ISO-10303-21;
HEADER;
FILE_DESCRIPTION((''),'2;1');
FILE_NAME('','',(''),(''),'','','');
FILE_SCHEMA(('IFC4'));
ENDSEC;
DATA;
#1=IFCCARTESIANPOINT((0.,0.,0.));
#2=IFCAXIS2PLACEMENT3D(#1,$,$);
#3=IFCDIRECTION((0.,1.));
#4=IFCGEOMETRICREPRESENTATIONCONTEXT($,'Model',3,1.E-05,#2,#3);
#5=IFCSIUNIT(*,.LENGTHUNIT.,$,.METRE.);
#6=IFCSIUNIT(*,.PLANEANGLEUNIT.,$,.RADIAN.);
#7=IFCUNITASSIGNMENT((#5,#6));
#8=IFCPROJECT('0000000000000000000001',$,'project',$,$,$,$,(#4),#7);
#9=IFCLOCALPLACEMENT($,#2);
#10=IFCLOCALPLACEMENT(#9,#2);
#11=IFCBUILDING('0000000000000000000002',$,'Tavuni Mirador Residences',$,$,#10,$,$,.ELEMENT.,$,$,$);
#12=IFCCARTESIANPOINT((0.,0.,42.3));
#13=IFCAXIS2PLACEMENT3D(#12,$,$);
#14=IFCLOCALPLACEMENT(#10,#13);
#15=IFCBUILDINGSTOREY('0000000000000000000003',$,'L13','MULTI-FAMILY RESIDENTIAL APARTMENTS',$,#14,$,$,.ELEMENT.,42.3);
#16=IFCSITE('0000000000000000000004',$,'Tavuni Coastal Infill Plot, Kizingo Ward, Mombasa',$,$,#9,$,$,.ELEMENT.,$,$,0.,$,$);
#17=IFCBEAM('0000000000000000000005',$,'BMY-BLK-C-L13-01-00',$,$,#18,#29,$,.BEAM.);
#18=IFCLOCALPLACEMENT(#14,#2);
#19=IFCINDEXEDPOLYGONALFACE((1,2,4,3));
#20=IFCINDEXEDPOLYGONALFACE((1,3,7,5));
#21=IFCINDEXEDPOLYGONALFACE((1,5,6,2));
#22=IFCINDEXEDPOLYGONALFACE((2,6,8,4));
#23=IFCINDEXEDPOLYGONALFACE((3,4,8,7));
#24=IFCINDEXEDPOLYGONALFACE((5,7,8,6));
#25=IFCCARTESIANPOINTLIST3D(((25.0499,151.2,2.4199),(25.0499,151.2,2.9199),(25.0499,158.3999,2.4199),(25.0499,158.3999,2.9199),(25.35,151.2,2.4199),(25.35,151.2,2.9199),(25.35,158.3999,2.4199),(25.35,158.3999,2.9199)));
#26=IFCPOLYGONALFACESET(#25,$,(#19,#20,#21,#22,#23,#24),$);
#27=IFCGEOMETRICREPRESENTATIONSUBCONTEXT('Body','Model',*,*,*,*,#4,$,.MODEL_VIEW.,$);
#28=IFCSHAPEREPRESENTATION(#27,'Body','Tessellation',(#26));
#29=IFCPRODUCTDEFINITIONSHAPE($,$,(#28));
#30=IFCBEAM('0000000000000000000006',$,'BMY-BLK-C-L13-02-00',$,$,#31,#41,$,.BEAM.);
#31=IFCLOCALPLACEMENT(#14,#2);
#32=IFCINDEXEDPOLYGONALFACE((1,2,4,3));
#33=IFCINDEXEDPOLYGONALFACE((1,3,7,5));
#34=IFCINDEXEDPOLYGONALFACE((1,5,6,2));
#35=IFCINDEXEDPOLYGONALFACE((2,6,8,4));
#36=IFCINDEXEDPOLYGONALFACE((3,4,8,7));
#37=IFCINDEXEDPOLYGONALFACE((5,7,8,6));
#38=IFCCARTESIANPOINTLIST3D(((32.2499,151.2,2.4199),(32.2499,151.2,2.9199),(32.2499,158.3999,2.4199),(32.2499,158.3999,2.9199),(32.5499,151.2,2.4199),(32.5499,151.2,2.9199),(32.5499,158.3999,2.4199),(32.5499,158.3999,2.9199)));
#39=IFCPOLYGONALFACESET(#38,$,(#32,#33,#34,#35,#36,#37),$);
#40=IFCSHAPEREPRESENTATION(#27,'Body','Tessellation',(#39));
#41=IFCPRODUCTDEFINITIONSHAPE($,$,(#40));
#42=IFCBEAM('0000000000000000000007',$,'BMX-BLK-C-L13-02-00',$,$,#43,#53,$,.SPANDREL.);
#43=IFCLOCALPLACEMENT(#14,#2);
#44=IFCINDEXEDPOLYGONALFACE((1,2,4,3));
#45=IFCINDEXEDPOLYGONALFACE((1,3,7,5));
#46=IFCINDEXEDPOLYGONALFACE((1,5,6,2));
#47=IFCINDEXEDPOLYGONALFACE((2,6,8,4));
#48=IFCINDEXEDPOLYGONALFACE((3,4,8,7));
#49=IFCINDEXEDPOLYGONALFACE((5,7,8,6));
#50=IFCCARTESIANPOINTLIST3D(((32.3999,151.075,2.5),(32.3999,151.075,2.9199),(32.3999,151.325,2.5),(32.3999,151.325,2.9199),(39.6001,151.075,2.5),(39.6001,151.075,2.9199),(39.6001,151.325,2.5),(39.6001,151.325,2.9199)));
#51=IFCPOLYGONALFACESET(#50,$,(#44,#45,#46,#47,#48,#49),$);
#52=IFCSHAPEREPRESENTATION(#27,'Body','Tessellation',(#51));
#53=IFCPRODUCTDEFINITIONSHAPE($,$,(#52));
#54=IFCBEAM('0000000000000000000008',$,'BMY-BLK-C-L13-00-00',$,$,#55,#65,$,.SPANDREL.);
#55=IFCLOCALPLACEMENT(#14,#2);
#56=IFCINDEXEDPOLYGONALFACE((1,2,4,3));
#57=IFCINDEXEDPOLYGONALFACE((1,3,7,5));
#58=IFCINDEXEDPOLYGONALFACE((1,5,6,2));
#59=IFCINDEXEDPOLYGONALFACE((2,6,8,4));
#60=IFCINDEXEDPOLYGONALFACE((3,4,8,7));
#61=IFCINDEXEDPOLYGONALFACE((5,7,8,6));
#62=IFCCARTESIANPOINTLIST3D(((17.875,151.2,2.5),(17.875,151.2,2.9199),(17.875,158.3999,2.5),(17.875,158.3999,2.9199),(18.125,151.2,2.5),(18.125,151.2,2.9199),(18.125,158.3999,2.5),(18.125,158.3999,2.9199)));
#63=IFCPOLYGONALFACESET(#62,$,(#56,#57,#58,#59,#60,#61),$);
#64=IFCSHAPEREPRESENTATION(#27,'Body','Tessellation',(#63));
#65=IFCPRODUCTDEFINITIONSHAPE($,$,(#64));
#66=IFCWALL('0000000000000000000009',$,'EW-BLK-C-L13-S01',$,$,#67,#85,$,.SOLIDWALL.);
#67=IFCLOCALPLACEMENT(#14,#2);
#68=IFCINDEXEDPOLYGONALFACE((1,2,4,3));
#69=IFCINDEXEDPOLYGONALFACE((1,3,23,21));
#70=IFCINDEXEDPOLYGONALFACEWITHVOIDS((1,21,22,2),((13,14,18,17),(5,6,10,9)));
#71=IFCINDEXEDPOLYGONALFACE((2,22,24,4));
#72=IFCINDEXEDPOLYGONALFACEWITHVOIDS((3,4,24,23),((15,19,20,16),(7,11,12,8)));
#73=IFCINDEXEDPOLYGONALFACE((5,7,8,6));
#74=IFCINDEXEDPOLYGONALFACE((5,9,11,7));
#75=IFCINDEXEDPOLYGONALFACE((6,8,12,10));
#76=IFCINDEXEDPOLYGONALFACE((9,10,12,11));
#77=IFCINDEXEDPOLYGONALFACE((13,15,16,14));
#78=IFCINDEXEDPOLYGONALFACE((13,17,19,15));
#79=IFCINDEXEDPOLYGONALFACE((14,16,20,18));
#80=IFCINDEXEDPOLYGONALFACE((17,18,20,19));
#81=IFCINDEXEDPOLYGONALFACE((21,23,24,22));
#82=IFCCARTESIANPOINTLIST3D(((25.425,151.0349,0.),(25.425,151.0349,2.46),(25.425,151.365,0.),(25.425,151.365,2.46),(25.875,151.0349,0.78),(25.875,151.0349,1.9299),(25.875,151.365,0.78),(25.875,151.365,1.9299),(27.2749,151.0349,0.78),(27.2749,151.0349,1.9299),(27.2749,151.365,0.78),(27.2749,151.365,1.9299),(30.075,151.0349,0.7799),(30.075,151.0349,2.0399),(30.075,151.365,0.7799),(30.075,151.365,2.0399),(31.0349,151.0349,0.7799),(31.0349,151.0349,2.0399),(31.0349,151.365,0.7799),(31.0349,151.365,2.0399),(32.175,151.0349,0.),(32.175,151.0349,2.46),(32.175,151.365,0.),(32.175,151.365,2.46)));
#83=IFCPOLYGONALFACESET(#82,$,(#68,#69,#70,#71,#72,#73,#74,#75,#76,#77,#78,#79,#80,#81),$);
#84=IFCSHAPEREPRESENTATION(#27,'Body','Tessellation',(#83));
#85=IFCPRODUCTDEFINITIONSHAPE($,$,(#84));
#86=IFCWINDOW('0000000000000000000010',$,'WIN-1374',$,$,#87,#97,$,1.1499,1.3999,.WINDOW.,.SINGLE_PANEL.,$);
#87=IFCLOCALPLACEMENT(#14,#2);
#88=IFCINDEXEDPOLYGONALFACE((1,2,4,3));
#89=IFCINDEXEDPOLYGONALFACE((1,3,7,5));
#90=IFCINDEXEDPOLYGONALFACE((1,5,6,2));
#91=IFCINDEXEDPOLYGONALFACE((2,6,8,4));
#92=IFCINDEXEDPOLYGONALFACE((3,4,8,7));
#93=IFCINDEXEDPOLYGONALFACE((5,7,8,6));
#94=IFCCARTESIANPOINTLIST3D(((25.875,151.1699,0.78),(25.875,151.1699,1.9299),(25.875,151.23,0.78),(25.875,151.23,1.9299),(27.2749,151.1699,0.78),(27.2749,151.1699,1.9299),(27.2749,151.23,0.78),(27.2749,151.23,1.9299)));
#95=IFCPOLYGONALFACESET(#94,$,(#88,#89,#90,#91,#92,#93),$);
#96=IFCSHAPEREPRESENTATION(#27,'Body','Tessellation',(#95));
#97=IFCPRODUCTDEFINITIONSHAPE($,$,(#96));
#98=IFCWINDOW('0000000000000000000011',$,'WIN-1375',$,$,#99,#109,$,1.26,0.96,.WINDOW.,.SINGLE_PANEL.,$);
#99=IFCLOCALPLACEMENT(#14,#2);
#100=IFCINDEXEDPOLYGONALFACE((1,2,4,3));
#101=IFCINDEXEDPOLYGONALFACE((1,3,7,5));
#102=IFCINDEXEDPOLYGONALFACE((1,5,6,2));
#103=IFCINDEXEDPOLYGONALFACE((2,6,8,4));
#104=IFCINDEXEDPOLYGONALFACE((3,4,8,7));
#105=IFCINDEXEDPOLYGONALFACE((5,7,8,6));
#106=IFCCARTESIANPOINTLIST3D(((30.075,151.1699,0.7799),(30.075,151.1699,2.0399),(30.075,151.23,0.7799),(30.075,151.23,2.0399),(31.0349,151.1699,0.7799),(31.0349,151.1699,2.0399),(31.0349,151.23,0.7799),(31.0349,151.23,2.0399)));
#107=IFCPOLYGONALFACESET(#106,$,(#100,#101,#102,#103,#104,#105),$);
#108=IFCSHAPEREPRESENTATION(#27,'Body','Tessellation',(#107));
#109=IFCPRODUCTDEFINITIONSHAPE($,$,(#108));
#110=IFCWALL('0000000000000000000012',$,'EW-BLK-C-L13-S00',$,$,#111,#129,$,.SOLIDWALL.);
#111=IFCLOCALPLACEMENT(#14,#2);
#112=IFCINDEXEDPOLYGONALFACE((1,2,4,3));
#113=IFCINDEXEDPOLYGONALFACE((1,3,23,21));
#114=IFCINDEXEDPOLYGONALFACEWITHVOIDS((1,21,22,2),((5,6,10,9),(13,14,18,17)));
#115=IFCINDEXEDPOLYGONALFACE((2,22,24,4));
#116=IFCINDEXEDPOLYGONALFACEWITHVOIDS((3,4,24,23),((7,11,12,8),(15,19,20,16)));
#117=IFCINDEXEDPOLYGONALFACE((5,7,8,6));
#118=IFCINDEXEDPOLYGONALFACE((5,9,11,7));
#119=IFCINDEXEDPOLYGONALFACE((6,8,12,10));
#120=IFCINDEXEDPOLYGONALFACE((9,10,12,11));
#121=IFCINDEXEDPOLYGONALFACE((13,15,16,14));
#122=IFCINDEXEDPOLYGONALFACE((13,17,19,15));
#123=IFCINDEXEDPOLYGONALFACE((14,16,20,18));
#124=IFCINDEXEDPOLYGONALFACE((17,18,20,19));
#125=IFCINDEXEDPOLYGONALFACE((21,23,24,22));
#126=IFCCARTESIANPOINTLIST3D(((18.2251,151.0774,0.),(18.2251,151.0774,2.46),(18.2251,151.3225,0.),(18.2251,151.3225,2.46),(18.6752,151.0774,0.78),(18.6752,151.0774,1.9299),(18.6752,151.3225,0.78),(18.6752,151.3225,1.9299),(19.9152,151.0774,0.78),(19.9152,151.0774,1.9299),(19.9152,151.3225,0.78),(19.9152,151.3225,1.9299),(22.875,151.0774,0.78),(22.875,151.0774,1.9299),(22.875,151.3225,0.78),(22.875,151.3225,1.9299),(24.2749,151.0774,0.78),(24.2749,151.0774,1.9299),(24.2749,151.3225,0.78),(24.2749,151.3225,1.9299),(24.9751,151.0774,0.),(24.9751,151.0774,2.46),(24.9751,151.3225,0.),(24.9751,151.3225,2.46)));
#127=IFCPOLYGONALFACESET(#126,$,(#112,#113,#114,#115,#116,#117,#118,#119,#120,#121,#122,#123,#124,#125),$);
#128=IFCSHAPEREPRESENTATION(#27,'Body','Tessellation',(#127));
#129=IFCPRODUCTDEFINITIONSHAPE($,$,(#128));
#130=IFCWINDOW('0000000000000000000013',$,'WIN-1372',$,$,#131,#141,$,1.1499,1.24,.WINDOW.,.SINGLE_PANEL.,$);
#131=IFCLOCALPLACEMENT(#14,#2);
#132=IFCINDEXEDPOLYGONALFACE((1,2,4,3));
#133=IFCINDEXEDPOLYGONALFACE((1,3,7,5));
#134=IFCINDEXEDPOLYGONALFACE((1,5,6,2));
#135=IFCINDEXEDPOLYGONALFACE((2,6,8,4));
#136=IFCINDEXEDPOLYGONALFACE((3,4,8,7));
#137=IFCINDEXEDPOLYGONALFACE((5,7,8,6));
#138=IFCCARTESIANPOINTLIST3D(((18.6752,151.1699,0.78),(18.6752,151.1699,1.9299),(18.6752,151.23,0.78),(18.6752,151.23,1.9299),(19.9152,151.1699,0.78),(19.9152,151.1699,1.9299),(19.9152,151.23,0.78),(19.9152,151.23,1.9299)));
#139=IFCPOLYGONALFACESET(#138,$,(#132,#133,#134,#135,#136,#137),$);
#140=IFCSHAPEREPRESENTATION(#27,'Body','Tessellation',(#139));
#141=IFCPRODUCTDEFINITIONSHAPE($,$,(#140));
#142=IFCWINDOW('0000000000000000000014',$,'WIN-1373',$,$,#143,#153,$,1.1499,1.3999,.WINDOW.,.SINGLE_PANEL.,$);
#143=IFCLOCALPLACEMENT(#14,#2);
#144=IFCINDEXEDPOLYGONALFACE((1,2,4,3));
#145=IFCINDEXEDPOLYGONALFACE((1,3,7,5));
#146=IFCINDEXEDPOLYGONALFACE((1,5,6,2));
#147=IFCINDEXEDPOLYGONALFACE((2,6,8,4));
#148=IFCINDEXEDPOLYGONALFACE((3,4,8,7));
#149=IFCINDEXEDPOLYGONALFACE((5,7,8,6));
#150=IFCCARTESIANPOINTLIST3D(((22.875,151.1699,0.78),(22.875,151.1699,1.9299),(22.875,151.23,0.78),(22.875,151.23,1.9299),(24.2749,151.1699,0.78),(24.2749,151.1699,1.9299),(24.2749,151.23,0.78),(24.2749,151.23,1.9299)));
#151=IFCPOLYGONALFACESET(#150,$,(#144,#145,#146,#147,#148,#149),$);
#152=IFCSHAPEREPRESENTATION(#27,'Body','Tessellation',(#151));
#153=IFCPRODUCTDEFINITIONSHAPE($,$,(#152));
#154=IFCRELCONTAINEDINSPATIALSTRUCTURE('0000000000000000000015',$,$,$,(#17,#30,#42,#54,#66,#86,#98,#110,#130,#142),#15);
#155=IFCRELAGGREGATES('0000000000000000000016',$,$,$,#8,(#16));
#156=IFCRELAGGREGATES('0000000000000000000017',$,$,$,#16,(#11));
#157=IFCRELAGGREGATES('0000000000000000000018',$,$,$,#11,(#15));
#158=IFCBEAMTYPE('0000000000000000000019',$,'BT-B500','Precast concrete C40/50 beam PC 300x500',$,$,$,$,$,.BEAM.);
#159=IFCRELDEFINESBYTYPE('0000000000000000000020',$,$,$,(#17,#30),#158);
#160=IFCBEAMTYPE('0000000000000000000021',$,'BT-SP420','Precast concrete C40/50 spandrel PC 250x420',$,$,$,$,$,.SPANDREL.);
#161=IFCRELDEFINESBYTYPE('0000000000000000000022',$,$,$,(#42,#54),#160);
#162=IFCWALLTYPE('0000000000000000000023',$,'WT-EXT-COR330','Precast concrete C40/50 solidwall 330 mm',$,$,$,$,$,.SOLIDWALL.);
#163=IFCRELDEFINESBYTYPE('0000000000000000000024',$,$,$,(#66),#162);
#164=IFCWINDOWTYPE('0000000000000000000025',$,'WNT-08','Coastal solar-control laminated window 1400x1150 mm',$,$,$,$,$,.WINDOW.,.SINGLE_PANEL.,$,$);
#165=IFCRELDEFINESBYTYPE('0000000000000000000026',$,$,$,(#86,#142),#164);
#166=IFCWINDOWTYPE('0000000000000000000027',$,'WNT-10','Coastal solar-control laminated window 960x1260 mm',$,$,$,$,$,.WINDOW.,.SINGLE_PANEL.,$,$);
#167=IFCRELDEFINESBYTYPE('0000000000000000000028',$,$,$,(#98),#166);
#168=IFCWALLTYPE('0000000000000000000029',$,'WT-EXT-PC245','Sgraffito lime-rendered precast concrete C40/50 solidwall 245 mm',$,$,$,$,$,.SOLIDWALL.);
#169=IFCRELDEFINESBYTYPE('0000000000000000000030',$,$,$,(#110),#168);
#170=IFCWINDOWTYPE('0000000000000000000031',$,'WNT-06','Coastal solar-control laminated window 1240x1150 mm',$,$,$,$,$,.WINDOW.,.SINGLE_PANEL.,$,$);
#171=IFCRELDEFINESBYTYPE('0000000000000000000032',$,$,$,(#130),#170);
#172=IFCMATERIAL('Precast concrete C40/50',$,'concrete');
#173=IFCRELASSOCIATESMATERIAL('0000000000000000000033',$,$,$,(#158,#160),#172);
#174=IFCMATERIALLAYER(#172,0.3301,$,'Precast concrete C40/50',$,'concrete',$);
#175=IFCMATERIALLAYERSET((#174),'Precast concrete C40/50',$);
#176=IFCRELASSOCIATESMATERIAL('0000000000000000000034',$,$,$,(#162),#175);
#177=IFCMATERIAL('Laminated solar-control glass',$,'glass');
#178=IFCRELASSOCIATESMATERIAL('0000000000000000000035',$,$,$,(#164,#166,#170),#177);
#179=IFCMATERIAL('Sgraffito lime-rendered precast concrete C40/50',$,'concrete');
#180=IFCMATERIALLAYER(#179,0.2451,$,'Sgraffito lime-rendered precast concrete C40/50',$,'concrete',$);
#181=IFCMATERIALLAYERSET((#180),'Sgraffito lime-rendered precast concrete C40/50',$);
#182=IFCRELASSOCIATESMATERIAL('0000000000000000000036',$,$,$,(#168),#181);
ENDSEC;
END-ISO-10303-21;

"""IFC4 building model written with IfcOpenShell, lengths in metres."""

from ifc_helpers import new_model, si_unit, direction, frame, frame_2d, origin, origin_2d, place, context, subcontext, project, spatial, rectangle, extrude, material, layer, layer_set, material_profile, profile_set, type_object, element, fill, save


model = new_model("IFC4")

# Units and contexts
model_context = context("Model", 3, precision=1e-05, world=origin(), true_north=direction((0.0, 1.0)))
body_context = subcontext(model_context, "Body", "Model", "MODEL_VIEW")
ifc_project = project(units=[si_unit("LENGTHUNIT", "METRE"), si_unit("PLANEANGLEUNIT", "RADIAN")], contexts=[model_context])

# Site, building, storey
site_placement = place(None, origin())
site = spatial("IfcSite", under=ifc_project, at=site_placement, Name="Tavuni Coastal Infill Plot, Kizingo Ward, Mombasa", CompositionType="ELEMENT", RefElevation=0.0)
building_placement = place(site_placement, origin())
building = spatial("IfcBuilding", under=site, at=building_placement, Name="Tavuni Mirador Residences", CompositionType="ELEMENT")
storey_placement = place(building_placement, frame((0.0, 0.0, 42.3)))
storey = spatial("IfcBuildingStorey", under=building, at=storey_placement, Name="L13", Description="MULTI-FAMILY RESIDENTIAL APARTMENTS", CompositionType="ELEMENT", Elevation=42.3)

# Beams
ifc_material_1 = material(Name="Precast concrete C40/50", Category="concrete")
ifc_material_profile_1 = material_profile(ifc_material_1, rectangle(XDim=0.3, YDim=0.5, at=origin_2d()), Name="PC 300x500", Category="concrete")
ifc_profile_set_1 = profile_set([ifc_material_profile_1], Name="Precast concrete C40/50")
beam_type_1 = type_object("IfcBeamType", Name="BT-B500", Description="Precast concrete C40/50 beam PC 300x500", PredefinedType="BEAM", material=ifc_profile_set_1)
for number, where, z_axis, x_axis, name in (
    (1, (25.2, 151.2, 2.6699), (0.0, 1.0, 0.0), (-1.0, 0.0, 0.0), "BMY-BLK-C-L13-01-00"),
    (2, (32.3999, 151.2, 2.6699), (0.0, 1.0, 0.0), (-1.0, 0.0, 0.0), "BMY-BLK-C-L13-02-00"),
):
    element("IfcBeam", number, at=place(storey_placement, frame(where, z_axis=z_axis, x_axis=x_axis)), inside=storey, type_object=beam_type_1, Name=name, PredefinedType="BEAM", context=body_context, shape_type="SweptSolid", body=[
        extrude(rectangle(XDim=0.3, YDim=0.5, at=origin_2d()), origin(), (0.0, 0.0, 1.0), 7.2),
    ])
ifc_material_profile_2 = material_profile(ifc_material_1, rectangle(XDim=0.25, YDim=0.4199, at=origin_2d()), Name="PC 250x420", Category="concrete")
ifc_profile_set_2 = profile_set([ifc_material_profile_2], Name="Precast concrete C40/50")
beam_type_2 = type_object("IfcBeamType", Name="BT-SP420", Description="Precast concrete C40/50 spandrel PC 250x420", PredefinedType="SPANDREL", material=ifc_profile_set_2)
beam_1_placement = place(storey_placement, frame((32.3999, 151.2, 2.71), z_axis=(1.0, 0.0, 0.0), x_axis=(0.0, 1.0, 0.0)))
element("IfcBeam", 3, at=beam_1_placement, inside=storey, type_object=beam_type_2, Name="BMX-BLK-C-L13-02-00", PredefinedType="SPANDREL", context=body_context, shape_type="SweptSolid", body=[
    extrude(rectangle(XDim=0.25, YDim=0.4199, at=origin_2d()), origin(), (0.0, 0.0, 1.0), 7.2002),
])
beam_2_placement = place(storey_placement, frame((18.0, 151.2, 2.71), z_axis=(0.0, 1.0, 0.0), x_axis=(-1.0, 0.0, 0.0)))
element("IfcBeam", 4, at=beam_2_placement, inside=storey, type_object=beam_type_2, Name="BMY-BLK-C-L13-00-00", PredefinedType="SPANDREL", context=body_context, shape_type="SweptSolid", body=[
    extrude(rectangle(XDim=0.25, YDim=0.4199, at=origin_2d()), origin(), (0.0, 0.0, 1.0), 7.2),
])

# Walls, openings, windows
ifc_layer_1 = layer(ifc_material_1, 0.3301, Name="Precast concrete C40/50", Category="concrete")
ifc_layer_set_1 = layer_set([ifc_layer_1], Name="Precast concrete C40/50")
wall_type_1 = type_object("IfcWallType", Name="WT-EXT-COR330", Description="Precast concrete C40/50 solidwall 330 mm", PredefinedType="SOLIDWALL", material=ifc_layer_set_1)
wall_1_placement = place(storey_placement, frame((25.425, 151.2, 0.0), z_axis=(0.0, 0.0, 1.0), x_axis=(1.0, 0.0, 0.0)))
wall_1 = element("IfcWall", 5, at=wall_1_placement, inside=storey, type_object=wall_type_1, Name="EW-BLK-C-L13-S01", PredefinedType="SOLIDWALL", context=body_context, shape_type="SweptSolid", body=[
    extrude(rectangle(XDim=6.75, YDim=0.3301, at=frame_2d((3.375, 0.0))), origin(), (0.0, 0.0, 1.0), 2.46),
])
opening_1_placement = place(wall_1_placement, frame((0.45, 0.0, 0.78)))
opening_1 = element("IfcOpeningElement", 6, at=opening_1_placement, cuts=wall_1, PredefinedType="OPENING", context=body_context, shape_type="SweptSolid", body=[
    extrude(rectangle(XDim=1.3999, YDim=1.1499, at=frame_2d((0.7, 0.575))), frame((0.0, 0.175, 0.0), z_axis=(0.0, -1.0, 0.0), x_axis=(1.0, 0.0, 0.0)), (0.0, 0.0, 1.0), 0.3501),
])
opening_2_placement = place(wall_1_placement, frame((4.6499, 0.0, 0.78)))
opening_2 = element("IfcOpeningElement", 7, at=opening_2_placement, cuts=wall_1, PredefinedType="OPENING", context=body_context, shape_type="SweptSolid", body=[
    extrude(rectangle(XDim=0.96, YDim=1.26, at=frame_2d((0.48, 0.6299))), frame((0.0, 0.175, 0.0), z_axis=(0.0, -1.0, 0.0), x_axis=(1.0, 0.0, 0.0)), (0.0, 0.0, 1.0), 0.3501),
])
ifc_material_2 = material(Name="Laminated solar-control glass", Category="glass")
window_type_1 = type_object("IfcWindowType", Name="WNT-08", Description="Coastal solar-control laminated window 1400x1150 mm", PartitioningType="SINGLE_PANEL", PredefinedType="WINDOW", material=ifc_material_2)
window_1_placement = place(opening_1_placement, origin())
window_1 = element("IfcWindow", 8, at=window_1_placement, inside=storey, type_object=window_type_1, Name="WIN-1374", OverallHeight=1.1499, OverallWidth=1.3999, PartitioningType="SINGLE_PANEL", PredefinedType="WINDOW", context=body_context, shape_type="SweptSolid", body=[
    extrude(rectangle(XDim=1.3999, YDim=1.1499, at=frame_2d((0.7, 0.575))), frame((0.0, 0.03, 0.0), z_axis=(0.0, -1.0, 0.0), x_axis=(1.0, 0.0, 0.0)), (0.0, 0.0, 1.0), 0.0601),
])
fill(opening_1, window_1)
window_type_2 = type_object("IfcWindowType", Name="WNT-10", Description="Coastal solar-control laminated window 960x1260 mm", PartitioningType="SINGLE_PANEL", PredefinedType="WINDOW", material=ifc_material_2)
window_2_placement = place(opening_2_placement, origin())
window_2 = element("IfcWindow", 9, at=window_2_placement, inside=storey, type_object=window_type_2, Name="WIN-1375", OverallHeight=1.26, OverallWidth=0.96, PartitioningType="SINGLE_PANEL", PredefinedType="WINDOW", context=body_context, shape_type="SweptSolid", body=[
    extrude(rectangle(XDim=0.96, YDim=1.26, at=frame_2d((0.48, 0.6299))), frame((0.0, 0.03, 0.0), z_axis=(0.0, -1.0, 0.0), x_axis=(1.0, 0.0, 0.0)), (0.0, 0.0, 1.0), 0.0601),
])
fill(opening_2, window_2)
ifc_material_3 = material(Name="Sgraffito lime-rendered precast concrete C40/50", Category="concrete")
ifc_layer_2 = layer(ifc_material_3, 0.2451, Name="Sgraffito lime-rendered precast concrete C40/50", Category="concrete")
ifc_layer_set_2 = layer_set([ifc_layer_2], Name="Sgraffito lime-rendered precast concrete C40/50")
wall_type_2 = type_object("IfcWallType", Name="WT-EXT-PC245", Description="Sgraffito lime-rendered precast concrete C40/50 solidwall 245 mm", PredefinedType="SOLIDWALL", material=ifc_layer_set_2)
wall_2_placement = place(storey_placement, frame((18.2251, 151.2, 0.0), z_axis=(0.0, 0.0, 1.0), x_axis=(1.0, 0.0, 0.0)))
wall_2 = element("IfcWall", 10, at=wall_2_placement, inside=storey, type_object=wall_type_2, Name="EW-BLK-C-L13-S00", PredefinedType="SOLIDWALL", context=body_context, shape_type="SweptSolid", body=[
    extrude(rectangle(XDim=6.75, YDim=0.2451, at=frame_2d((3.375, 0.0))), origin(), (0.0, 0.0, 1.0), 2.46),
])
opening_3_placement = place(wall_2_placement, frame((0.45, 0.0, 0.78)))
opening_3 = element("IfcOpeningElement", 11, at=opening_3_placement, cuts=wall_2, PredefinedType="OPENING", context=body_context, shape_type="SweptSolid", body=[
    extrude(rectangle(XDim=1.24, YDim=1.1499, at=frame_2d((0.6201, 0.575))), frame((0.0, 0.1326, 0.0), z_axis=(0.0, -1.0, 0.0), x_axis=(1.0, 0.0, 0.0)), (0.0, 0.0, 1.0), 0.2651),
])
opening_4_placement = place(wall_2_placement, frame((4.6499, 0.0, 0.78)))
opening_4 = element("IfcOpeningElement", 12, at=opening_4_placement, cuts=wall_2, PredefinedType="OPENING", context=body_context, shape_type="SweptSolid", body=[
    extrude(rectangle(XDim=1.3999, YDim=1.1499, at=frame_2d((0.7, 0.575))), frame((0.0, 0.1326, 0.0), z_axis=(0.0, -1.0, 0.0), x_axis=(1.0, 0.0, 0.0)), (0.0, 0.0, 1.0), 0.2651),
])
window_type_3 = type_object("IfcWindowType", Name="WNT-06", Description="Coastal solar-control laminated window 1240x1150 mm", PartitioningType="SINGLE_PANEL", PredefinedType="WINDOW", material=ifc_material_2)
window_3_placement = place(opening_3_placement, origin())
window_3 = element("IfcWindow", 13, at=window_3_placement, inside=storey, type_object=window_type_3, Name="WIN-1372", OverallHeight=1.1499, OverallWidth=1.24, PartitioningType="SINGLE_PANEL", PredefinedType="WINDOW", context=body_context, shape_type="SweptSolid", body=[
    extrude(rectangle(XDim=1.24, YDim=1.1499, at=frame_2d((0.6201, 0.575))), frame((0.0, 0.03, 0.0), z_axis=(0.0, -1.0, 0.0), x_axis=(1.0, 0.0, 0.0)), (0.0, 0.0, 1.0), 0.0601),
])
fill(opening_3, window_3)
window_4_placement = place(opening_4_placement, origin())
window_4 = element("IfcWindow", 14, at=window_4_placement, inside=storey, type_object=window_type_1, Name="WIN-1373", OverallHeight=1.1499, OverallWidth=1.3999, PartitioningType="SINGLE_PANEL", PredefinedType="WINDOW", context=body_context, shape_type="SweptSolid", body=[
    extrude(rectangle(XDim=1.3999, YDim=1.1499, at=frame_2d((0.7, 0.575))), frame((0.0, 0.03, 0.0), z_axis=(0.0, -1.0, 0.0), x_axis=(1.0, 0.0, 0.0)), (0.0, 0.0, 1.0), 0.0601),
])
fill(opening_4, window_4)

save(model, "model.ifc")
